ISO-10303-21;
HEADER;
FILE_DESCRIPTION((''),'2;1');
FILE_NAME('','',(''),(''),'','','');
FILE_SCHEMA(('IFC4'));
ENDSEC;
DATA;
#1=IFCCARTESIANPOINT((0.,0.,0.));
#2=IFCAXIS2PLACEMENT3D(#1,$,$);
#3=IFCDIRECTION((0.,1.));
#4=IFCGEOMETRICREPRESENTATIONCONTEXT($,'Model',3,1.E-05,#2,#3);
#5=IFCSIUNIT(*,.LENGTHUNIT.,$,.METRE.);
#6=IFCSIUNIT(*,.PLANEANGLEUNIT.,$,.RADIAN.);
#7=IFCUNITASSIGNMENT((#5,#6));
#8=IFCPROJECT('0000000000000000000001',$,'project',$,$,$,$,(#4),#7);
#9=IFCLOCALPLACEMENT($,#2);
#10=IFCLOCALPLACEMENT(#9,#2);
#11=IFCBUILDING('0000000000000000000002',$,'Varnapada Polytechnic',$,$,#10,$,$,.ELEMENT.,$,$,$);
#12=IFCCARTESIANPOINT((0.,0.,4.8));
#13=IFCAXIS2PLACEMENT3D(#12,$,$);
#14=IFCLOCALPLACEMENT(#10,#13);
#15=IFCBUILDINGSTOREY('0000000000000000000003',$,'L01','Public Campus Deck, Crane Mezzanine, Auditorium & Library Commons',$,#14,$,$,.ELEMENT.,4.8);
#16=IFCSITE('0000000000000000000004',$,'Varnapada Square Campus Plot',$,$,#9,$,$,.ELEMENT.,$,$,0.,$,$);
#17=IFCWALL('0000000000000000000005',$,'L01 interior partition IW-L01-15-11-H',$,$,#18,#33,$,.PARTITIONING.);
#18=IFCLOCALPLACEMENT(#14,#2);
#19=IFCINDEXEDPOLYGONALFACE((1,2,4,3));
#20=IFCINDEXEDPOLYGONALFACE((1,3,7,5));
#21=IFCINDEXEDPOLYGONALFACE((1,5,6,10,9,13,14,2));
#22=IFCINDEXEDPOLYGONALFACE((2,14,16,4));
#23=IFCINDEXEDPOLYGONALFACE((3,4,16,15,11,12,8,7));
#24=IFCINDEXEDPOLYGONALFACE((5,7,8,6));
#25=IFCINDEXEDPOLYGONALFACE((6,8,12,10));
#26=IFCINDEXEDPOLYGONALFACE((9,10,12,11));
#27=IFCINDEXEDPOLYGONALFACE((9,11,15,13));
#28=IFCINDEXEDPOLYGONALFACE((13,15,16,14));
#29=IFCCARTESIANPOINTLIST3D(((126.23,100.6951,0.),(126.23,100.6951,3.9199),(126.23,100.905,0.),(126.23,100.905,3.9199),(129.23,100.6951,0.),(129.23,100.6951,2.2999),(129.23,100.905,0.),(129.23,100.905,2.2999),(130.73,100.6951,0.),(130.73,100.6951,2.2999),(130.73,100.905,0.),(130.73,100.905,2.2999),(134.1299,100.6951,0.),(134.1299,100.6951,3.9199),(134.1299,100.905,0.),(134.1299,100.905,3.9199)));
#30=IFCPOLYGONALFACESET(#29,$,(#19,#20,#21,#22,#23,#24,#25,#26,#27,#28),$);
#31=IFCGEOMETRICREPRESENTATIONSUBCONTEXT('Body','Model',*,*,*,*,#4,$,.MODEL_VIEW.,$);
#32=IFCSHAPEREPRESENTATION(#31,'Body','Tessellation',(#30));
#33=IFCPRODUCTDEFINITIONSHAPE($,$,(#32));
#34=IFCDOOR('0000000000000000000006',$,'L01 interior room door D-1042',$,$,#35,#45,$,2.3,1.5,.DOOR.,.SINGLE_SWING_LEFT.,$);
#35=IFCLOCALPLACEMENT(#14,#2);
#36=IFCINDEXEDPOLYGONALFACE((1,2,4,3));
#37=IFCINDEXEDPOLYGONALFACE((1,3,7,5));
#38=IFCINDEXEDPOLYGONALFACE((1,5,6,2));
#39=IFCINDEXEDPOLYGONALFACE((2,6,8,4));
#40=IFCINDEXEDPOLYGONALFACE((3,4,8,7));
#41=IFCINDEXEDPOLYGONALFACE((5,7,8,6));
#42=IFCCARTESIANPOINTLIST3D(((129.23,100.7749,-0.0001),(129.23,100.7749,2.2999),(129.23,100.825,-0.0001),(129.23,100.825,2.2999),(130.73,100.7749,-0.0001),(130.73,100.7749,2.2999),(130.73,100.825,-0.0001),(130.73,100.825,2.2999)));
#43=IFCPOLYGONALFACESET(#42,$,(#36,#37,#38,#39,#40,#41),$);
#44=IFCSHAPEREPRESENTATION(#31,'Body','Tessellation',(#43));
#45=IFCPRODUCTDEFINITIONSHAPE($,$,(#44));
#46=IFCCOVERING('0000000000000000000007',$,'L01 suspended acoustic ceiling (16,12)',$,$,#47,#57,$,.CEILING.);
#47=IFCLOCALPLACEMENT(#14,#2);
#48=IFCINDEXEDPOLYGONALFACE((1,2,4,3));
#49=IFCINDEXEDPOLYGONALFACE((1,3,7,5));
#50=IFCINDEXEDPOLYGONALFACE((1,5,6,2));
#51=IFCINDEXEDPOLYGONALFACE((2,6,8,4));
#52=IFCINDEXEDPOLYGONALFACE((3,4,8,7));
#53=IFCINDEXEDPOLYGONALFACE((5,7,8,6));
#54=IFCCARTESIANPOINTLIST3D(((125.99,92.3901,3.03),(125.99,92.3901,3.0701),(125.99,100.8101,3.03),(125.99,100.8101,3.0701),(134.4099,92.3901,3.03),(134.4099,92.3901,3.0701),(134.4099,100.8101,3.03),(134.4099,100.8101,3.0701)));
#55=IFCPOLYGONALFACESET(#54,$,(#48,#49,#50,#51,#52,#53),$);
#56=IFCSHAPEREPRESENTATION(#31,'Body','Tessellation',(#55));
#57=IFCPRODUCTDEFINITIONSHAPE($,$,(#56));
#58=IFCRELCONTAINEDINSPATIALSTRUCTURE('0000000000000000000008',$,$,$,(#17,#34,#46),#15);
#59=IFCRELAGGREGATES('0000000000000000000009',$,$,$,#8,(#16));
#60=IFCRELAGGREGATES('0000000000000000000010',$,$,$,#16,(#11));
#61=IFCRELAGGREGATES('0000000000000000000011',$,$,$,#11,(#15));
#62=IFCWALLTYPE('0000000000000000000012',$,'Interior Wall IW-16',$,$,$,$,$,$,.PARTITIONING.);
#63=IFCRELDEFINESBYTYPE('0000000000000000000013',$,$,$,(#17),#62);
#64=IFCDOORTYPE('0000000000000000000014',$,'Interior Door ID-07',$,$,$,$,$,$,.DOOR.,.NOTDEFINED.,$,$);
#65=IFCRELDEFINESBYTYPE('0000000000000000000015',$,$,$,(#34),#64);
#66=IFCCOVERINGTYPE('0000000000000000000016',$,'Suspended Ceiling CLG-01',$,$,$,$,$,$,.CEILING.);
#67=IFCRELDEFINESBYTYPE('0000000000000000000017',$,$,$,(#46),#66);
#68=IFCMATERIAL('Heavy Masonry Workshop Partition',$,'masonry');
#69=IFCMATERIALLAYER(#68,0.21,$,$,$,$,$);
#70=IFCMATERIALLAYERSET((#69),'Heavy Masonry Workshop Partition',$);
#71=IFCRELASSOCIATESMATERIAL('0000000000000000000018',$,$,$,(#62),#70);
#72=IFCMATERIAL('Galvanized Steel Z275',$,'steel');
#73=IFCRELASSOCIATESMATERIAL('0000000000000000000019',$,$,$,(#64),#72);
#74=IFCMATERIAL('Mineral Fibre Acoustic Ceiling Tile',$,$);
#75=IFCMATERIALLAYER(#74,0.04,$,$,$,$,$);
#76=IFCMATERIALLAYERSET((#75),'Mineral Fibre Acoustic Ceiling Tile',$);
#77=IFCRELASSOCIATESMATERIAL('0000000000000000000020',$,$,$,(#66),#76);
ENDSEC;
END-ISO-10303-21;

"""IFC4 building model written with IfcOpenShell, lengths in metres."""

from ifc_helpers import new_model, si_unit, direction, frame, frame_2d, origin, origin_2d, place, context, subcontext, project, spatial, rectangle, extrude, material, layer, layer_set, type_object, element, fill, save


model = new_model("IFC4")

# Units and contexts
model_context = context("Model", 3, precision=1e-05, world=origin(), true_north=direction((0.0, 1.0)))
body_context = subcontext(model_context, "Body", "Model", "MODEL_VIEW")
ifc_project = project(units=[si_unit("LENGTHUNIT", "METRE"), si_unit("PLANEANGLEUNIT", "RADIAN")], contexts=[model_context])

# Site, building, storey
site_placement = place(None, origin())
site = spatial("IfcSite", under=ifc_project, at=site_placement, Name="Varnapada Square Campus Plot", CompositionType="ELEMENT", RefElevation=0.0)
building_placement = place(site_placement, origin())
building = spatial("IfcBuilding", under=site, at=building_placement, Name="Varnapada Polytechnic", CompositionType="ELEMENT")
storey_placement = place(building_placement, frame((0.0, 0.0, 4.8)))
storey = spatial("IfcBuildingStorey", under=building, at=storey_placement, Name="L01", Description="Public Campus Deck, Crane Mezzanine, Auditorium & Library Commons", CompositionType="ELEMENT", Elevation=4.8)

# Wall, opening, door
ifc_material_1 = material(Name="Heavy Masonry Workshop Partition", Category="masonry")
ifc_layer_1 = layer(ifc_material_1, 0.21)
ifc_layer_set_1 = layer_set([ifc_layer_1], Name="Heavy Masonry Workshop Partition")
wall_type_1 = type_object("IfcWallType", Name="Interior Wall IW-16", PredefinedType="PARTITIONING", material=ifc_layer_set_1)
wall_1_placement = place(storey_placement, frame((126.23, 100.8, 0.0), z_axis=(0.0, 0.0, 1.0), x_axis=(1.0, 0.0, 0.0)))
wall_1 = element("IfcWall", 1, at=wall_1_placement, inside=storey, type_object=wall_type_1, Name="L01 interior partition IW-L01-15-11-H", PredefinedType="PARTITIONING", context=body_context, shape_type="SweptSolid", body=[
    extrude(rectangle(XDim=7.8999, YDim=0.21, at=frame_2d((3.95, 0.0))), origin(), (0.0, 0.0, 1.0), 3.9199),
])
opening_1_placement = place(wall_1_placement, frame((3.0, 0.0, 0.0)))
opening_1 = element("IfcOpeningElement", 2, at=opening_1_placement, cuts=wall_1, PredefinedType="OPENING", context=body_context, shape_type="SweptSolid", body=[
    extrude(rectangle(XDim=1.5, YDim=2.3, at=frame_2d((0.75, 1.1499))), frame((0.0, 0.115, 0.0), z_axis=(0.0, -1.0, 0.0), x_axis=(1.0, 0.0, 0.0)), (0.0, 0.0, 1.0), 0.23),
])
ifc_material_2 = material(Name="Galvanized Steel Z275", Category="steel")
door_type_1 = type_object("IfcDoorType", Name="Interior Door ID-07", OperationType="NOTDEFINED", PredefinedType="DOOR", material=ifc_material_2)
door_1_placement = place(opening_1_placement, origin())
door_1 = element("IfcDoor", 3, at=door_1_placement, inside=storey, type_object=door_type_1, Name="L01 interior room door D-1042", OperationType="SINGLE_SWING_LEFT", OverallHeight=2.3, OverallWidth=1.5, PredefinedType="DOOR", context=body_context, shape_type="SweptSolid", body=[
    extrude(rectangle(XDim=1.5, YDim=2.3, at=frame_2d((0.75, 1.1499))), frame((0.0, 0.0249, 0.0), z_axis=(0.0, -1.0, 0.0), x_axis=(1.0, 0.0, 0.0)), (0.0, 0.0, 1.0), 0.05),
])
fill(opening_1, door_1)

# Covering
ifc_material_3 = material(Name="Mineral Fibre Acoustic Ceiling Tile")
ifc_layer_2 = layer(ifc_material_3, 0.04)
ifc_layer_set_2 = layer_set([ifc_layer_2], Name="Mineral Fibre Acoustic Ceiling Tile")
covering_type = type_object("IfcCoveringType", Name="Suspended Ceiling CLG-01", PredefinedType="CEILING", material=ifc_layer_set_2)
covering_placement = place(storey_placement, frame((130.2, 96.6001, 3.03), z_axis=(0.0, 0.0, 1.0), x_axis=(1.0, 0.0, 0.0)))
element("IfcCovering", 4, at=covering_placement, inside=storey, type_object=covering_type, Name="L01 suspended acoustic ceiling (16,12)", PredefinedType="CEILING", context=body_context, shape_type="SweptSolid", body=[
    extrude(rectangle(XDim=8.4199, YDim=8.4199, at=origin_2d()), origin(), (0.0, 0.0, 1.0), 0.04),
])

save(model, "model.ifc")
